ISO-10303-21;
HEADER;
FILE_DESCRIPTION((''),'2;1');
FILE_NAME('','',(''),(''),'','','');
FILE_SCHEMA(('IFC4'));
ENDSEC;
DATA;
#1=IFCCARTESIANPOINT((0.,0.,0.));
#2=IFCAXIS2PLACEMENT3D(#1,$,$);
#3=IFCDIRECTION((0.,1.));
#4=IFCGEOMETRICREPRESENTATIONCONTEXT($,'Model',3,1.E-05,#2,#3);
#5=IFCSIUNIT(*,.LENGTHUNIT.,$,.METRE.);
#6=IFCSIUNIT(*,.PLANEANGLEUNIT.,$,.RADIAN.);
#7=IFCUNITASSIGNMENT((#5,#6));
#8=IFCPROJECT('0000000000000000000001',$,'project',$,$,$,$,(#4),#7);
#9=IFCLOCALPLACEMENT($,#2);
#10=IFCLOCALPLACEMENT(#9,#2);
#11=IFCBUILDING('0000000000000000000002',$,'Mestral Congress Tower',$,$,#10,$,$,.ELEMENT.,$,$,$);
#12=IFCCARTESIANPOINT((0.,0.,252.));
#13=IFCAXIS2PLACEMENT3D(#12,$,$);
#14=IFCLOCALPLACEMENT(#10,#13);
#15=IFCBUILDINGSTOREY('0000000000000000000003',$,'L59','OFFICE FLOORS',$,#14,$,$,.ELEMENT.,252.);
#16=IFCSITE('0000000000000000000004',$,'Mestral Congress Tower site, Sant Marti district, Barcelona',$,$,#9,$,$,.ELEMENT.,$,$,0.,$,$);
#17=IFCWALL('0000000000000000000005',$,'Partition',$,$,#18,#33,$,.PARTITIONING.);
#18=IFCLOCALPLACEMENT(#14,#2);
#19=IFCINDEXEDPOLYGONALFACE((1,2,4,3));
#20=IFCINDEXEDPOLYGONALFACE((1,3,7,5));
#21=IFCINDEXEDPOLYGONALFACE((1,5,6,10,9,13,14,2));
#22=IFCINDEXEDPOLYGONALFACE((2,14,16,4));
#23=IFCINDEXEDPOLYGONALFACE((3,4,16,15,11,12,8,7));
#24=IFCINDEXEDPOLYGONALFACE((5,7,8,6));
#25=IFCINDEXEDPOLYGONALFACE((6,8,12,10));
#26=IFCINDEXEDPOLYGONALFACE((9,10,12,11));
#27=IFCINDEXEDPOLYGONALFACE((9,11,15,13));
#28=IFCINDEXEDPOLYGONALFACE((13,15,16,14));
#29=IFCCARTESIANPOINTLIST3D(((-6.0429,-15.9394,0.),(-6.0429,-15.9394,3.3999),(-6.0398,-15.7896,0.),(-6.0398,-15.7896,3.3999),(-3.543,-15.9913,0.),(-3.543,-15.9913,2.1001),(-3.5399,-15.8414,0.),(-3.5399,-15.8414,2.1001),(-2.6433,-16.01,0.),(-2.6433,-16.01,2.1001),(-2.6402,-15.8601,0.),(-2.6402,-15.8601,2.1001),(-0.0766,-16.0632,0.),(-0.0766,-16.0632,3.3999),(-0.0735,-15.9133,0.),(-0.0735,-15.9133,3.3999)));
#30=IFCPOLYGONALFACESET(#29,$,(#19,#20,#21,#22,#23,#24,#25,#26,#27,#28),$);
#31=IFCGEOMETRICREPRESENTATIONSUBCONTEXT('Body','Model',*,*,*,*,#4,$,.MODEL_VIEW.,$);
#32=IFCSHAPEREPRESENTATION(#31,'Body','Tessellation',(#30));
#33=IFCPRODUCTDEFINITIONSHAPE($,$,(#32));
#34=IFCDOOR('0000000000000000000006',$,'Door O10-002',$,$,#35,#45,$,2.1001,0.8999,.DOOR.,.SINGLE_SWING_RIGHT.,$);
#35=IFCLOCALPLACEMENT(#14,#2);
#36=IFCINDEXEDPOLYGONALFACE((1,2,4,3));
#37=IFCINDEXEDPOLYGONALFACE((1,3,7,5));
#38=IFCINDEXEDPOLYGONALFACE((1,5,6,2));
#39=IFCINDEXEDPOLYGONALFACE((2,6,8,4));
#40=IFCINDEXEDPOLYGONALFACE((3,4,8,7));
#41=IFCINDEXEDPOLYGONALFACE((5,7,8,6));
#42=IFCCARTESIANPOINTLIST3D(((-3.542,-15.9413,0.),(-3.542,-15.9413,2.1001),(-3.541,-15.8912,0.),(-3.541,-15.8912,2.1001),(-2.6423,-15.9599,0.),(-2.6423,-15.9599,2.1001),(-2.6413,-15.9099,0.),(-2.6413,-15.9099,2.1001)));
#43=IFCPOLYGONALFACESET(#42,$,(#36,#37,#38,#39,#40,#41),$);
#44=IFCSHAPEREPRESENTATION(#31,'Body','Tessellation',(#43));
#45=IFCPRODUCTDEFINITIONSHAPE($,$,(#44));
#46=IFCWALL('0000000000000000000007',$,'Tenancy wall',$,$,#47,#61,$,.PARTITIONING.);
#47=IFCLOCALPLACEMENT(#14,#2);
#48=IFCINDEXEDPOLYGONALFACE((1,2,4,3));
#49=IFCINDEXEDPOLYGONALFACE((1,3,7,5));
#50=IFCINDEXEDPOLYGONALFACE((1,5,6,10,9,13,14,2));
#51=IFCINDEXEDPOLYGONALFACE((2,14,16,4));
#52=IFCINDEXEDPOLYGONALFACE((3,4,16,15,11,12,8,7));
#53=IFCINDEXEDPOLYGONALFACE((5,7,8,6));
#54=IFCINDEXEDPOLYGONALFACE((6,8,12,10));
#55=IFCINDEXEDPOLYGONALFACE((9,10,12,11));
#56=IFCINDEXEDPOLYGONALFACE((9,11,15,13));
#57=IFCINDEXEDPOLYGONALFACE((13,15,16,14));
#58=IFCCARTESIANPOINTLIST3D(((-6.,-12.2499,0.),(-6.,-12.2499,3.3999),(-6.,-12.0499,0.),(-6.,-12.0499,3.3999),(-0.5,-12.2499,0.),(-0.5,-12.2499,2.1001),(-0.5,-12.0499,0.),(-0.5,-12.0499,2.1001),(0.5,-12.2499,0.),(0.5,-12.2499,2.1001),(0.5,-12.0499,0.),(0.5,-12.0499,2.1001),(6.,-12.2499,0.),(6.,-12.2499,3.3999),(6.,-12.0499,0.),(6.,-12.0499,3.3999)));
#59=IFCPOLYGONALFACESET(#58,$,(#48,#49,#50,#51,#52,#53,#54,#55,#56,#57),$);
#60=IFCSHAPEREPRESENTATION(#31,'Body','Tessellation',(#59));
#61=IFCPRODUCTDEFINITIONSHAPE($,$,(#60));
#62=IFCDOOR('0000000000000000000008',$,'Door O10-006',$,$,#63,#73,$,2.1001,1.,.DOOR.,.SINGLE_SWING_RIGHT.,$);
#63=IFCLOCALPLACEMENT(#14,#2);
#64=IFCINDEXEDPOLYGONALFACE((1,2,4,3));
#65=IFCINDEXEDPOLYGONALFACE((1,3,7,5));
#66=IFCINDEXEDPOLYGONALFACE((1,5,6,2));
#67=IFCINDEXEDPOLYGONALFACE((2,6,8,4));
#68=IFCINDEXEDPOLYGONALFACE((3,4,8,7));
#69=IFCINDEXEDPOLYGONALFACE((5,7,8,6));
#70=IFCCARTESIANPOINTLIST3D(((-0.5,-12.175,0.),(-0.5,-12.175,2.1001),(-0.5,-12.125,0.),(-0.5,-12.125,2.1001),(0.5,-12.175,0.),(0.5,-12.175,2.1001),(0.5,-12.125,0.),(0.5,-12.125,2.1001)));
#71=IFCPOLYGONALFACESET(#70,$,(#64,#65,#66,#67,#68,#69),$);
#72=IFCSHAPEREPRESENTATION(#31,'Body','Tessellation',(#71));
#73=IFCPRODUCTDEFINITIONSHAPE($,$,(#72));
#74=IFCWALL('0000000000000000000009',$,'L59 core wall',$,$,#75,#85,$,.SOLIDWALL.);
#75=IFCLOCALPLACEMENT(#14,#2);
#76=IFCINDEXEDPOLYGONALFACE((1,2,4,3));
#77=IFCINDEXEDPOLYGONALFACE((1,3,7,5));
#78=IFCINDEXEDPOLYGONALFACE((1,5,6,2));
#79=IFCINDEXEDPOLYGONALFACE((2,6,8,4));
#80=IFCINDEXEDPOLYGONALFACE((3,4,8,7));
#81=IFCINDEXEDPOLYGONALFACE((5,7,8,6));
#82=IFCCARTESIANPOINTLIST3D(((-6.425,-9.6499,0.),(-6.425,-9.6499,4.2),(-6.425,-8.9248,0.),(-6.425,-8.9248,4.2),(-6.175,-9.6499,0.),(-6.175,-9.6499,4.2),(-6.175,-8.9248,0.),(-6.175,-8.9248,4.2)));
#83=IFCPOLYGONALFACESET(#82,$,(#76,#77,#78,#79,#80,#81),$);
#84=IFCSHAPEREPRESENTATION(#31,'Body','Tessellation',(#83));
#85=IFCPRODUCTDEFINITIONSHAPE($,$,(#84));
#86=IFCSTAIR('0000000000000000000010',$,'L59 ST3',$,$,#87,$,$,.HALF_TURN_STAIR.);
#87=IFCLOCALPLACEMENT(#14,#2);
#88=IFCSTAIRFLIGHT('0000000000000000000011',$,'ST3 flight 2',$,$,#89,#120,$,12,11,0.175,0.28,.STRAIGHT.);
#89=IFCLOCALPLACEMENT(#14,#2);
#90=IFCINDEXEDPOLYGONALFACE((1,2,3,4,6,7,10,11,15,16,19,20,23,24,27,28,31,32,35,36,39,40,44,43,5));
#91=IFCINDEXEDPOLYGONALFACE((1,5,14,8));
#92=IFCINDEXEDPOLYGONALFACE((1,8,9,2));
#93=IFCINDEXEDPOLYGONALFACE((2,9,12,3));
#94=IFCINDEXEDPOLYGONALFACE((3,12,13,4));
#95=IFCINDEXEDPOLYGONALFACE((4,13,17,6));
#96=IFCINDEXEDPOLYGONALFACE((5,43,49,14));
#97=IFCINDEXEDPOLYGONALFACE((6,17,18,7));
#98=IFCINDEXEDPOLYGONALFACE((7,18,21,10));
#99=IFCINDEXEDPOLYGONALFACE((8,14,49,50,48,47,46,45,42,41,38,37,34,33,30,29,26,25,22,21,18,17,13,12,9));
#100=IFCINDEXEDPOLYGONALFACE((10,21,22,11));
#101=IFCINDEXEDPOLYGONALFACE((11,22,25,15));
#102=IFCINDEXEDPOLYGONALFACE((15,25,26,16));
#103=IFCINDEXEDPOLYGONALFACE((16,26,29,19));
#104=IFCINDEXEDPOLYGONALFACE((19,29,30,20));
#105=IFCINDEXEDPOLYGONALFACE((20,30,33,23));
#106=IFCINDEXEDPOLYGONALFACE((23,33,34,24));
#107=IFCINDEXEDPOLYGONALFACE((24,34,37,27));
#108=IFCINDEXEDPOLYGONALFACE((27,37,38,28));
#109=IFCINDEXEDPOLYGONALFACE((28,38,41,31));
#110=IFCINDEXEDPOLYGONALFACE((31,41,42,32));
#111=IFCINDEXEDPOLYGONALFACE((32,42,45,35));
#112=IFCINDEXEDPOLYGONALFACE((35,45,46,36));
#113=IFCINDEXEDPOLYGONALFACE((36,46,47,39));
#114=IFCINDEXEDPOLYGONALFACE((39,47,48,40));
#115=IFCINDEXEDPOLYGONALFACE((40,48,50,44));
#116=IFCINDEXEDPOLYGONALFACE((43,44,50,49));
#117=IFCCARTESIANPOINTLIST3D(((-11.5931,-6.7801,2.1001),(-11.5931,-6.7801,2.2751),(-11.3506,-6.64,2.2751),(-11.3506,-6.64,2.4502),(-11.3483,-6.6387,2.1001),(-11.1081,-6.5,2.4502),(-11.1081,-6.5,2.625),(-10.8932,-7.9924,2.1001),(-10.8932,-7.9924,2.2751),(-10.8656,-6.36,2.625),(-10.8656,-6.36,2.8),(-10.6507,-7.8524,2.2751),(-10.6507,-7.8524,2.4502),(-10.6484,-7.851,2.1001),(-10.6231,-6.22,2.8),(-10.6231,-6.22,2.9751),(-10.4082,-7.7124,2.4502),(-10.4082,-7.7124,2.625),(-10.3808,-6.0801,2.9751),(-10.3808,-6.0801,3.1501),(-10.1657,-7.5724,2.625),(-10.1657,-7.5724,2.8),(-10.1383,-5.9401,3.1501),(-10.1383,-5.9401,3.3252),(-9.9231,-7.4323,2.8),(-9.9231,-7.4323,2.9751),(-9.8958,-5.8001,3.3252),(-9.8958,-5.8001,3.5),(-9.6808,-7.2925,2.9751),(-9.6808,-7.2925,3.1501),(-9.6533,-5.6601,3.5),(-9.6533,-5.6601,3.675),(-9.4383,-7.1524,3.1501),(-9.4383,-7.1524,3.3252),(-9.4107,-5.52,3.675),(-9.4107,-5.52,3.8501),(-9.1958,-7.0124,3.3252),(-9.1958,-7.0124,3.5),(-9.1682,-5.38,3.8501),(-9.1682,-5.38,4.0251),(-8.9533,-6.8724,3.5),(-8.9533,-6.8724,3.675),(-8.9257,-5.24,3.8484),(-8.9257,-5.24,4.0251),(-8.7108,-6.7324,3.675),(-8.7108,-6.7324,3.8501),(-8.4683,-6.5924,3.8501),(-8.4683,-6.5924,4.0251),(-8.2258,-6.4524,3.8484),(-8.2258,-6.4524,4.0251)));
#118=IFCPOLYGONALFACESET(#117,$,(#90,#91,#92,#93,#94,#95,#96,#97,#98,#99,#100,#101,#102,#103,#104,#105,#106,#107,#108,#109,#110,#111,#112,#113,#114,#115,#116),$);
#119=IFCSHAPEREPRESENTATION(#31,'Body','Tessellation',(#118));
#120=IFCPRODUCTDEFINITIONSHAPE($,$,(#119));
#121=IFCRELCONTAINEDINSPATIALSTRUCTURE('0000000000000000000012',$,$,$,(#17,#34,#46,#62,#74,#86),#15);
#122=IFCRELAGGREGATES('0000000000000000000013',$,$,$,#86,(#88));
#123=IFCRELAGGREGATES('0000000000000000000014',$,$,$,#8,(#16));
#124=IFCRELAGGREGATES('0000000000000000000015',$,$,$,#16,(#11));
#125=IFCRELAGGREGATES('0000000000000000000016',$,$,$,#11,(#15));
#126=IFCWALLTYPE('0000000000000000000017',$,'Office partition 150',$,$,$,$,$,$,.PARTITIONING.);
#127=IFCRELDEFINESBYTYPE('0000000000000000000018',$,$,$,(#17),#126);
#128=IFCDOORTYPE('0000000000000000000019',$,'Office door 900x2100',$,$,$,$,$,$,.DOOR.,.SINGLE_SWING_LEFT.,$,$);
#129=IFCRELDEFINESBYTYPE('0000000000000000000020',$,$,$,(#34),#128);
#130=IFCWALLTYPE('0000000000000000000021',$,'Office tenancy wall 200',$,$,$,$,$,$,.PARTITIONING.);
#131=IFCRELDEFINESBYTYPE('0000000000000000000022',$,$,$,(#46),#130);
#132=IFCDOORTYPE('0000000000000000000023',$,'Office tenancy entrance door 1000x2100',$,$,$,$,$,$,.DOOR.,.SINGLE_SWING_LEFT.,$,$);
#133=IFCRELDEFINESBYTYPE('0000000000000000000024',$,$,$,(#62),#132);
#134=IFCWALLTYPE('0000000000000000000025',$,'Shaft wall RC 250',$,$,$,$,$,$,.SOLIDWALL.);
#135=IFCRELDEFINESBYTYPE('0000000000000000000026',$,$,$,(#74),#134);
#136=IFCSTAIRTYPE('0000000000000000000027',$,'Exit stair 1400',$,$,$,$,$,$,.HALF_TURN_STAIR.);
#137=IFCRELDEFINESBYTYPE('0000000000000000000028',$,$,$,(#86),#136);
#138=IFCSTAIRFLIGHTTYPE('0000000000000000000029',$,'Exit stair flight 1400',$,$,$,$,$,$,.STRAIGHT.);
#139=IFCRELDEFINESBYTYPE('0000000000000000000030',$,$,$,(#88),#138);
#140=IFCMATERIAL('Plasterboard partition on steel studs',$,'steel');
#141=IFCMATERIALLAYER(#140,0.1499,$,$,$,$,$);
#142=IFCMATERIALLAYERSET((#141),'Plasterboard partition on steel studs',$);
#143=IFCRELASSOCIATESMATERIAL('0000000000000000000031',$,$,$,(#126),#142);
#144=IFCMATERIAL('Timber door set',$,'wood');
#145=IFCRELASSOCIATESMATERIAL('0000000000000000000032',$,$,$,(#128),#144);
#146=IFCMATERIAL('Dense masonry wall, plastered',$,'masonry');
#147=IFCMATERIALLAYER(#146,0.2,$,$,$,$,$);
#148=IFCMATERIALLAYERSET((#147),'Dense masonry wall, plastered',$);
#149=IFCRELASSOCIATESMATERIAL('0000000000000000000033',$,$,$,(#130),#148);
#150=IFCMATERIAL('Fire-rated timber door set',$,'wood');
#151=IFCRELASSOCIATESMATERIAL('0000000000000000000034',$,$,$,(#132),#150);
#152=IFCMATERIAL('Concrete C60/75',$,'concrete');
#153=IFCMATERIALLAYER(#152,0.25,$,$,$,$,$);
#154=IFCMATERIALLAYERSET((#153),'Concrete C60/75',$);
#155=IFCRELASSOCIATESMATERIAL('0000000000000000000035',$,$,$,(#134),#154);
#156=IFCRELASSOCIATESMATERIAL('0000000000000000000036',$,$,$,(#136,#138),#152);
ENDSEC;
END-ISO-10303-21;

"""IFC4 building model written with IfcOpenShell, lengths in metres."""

from ifc_helpers import new_model, si_unit, direction, frame, frame_2d, origin, place, context, subcontext, project, spatial, polyline, rectangle, outline, extrude, material, layer, layer_set, type_object, element, fill, aggregate, save


model = new_model("IFC4")

# Units and contexts
model_context = context("Model", 3, precision=1e-05, world=origin(), true_north=direction((0.0, 1.0)))
body_context = subcontext(model_context, "Body", "Model", "MODEL_VIEW")
ifc_project = project(units=[si_unit("LENGTHUNIT", "METRE"), si_unit("PLANEANGLEUNIT", "RADIAN")], contexts=[model_context])

# Site, building, storey
site_placement = place(None, origin())
site = spatial("IfcSite", under=ifc_project, at=site_placement, Name="Mestral Congress Tower site, Sant Marti district, Barcelona", CompositionType="ELEMENT", RefElevation=0.0)
building_placement = place(site_placement, origin())
building = spatial("IfcBuilding", under=site, at=building_placement, Name="Mestral Congress Tower", CompositionType="ELEMENT")
storey_placement = place(building_placement, frame((0.0, 0.0, 252.0)))
storey = spatial("IfcBuildingStorey", under=building, at=storey_placement, Name="L59", Description="OFFICE FLOORS", CompositionType="ELEMENT", Elevation=252.0)

# Shared definitions
ifc_material_1 = material(Name="Concrete C60/75", Category="concrete")

# Shared definitions
ifc_material_2 = material(Name="Plasterboard partition on steel studs", Category="steel")
ifc_layer_1 = layer(ifc_material_2, 0.1499)
ifc_layer_set_1 = layer_set([ifc_layer_1], Name="Plasterboard partition on steel studs")
wall_type_1 = type_object("IfcWallType", Name="Office partition 150", PredefinedType="PARTITIONING", material=ifc_layer_set_1)

# Shared definitions
ifc_material_3 = material(Name="Timber door set", Category="wood")
door_type_1 = type_object("IfcDoorType", Name="Office door 900x2100", OperationType="SINGLE_SWING_LEFT", PredefinedType="DOOR", material=ifc_material_3)

# Walls, openings, doors
wall_1_placement = place(storey_placement, frame((-0.075, -15.9883, 0.0), z_axis=(0.0, 0.0, 1.0), x_axis=(-0.999785, 0.020742, 0.0)))
wall_1 = element("IfcWall", 1, at=wall_1_placement, inside=storey, type_object=wall_type_1, Name="Partition", PredefinedType="PARTITIONING", context=body_context, shape_type="SweptSolid", body=[
    extrude(rectangle(XDim=5.9675, YDim=0.1499, at=frame_2d((2.9839, 0.0))), origin(), (0.0, 0.0, 1.0), 3.3999),
])
opening_1_placement = place(wall_1_placement, frame((2.5674, 0.0, 0.0)))
opening_1 = element("IfcOpeningElement", 2, at=opening_1_placement, cuts=wall_1, PredefinedType="OPENING", context=body_context, shape_type="SweptSolid", body=[
    extrude(rectangle(XDim=0.8999, YDim=2.1001, at=frame_2d((0.45, 1.05))), frame((0.0, 0.085, 0.0), z_axis=(0.0, -1.0, 0.0), x_axis=(1.0, 0.0, 0.0)), (0.0, 0.0, 1.0), 0.1699),
])
door_1_placement = place(opening_1_placement, origin())
door_1 = element("IfcDoor", 3, at=door_1_placement, inside=storey, type_object=door_type_1, Name="Door O10-002", OperationType="SINGLE_SWING_RIGHT", OverallHeight=2.1001, OverallWidth=0.8999, PredefinedType="DOOR", context=body_context, shape_type="SweptSolid", body=[
    extrude(rectangle(XDim=0.8999, YDim=2.1001, at=frame_2d((0.45, 1.05))), frame((0.0, 0.0249, 0.0), z_axis=(0.0, -1.0, 0.0), x_axis=(1.0, 0.0, 0.0)), (0.0, 0.0, 1.0), 0.05),
])
fill(opening_1, door_1)
ifc_material_4 = material(Name="Dense masonry wall, plastered", Category="masonry")
ifc_layer_2 = layer(ifc_material_4, 0.2)
ifc_layer_set_2 = layer_set([ifc_layer_2], Name="Dense masonry wall, plastered")
wall_type_2 = type_object("IfcWallType", Name="Office tenancy wall 200", PredefinedType="PARTITIONING", material=ifc_layer_set_2)
wall_2_placement = place(storey_placement, frame((-6.0, -12.1499, 0.0), z_axis=(0.0, 0.0, 1.0), x_axis=(1.0, 0.0, 0.0)))
wall_2 = element("IfcWall", 4, at=wall_2_placement, inside=storey, type_object=wall_type_2, Name="Tenancy wall", PredefinedType="PARTITIONING", context=body_context, shape_type="SweptSolid", body=[
    extrude(rectangle(XDim=12.0, YDim=0.2, at=frame_2d((6.0, 0.0))), origin(), (0.0, 0.0, 1.0), 3.3999),
])
opening_2_placement = place(wall_2_placement, frame((5.5, 0.0, 0.0)))
opening_2 = element("IfcOpeningElement", 5, at=opening_2_placement, cuts=wall_2, PredefinedType="OPENING", context=body_context, shape_type="SweptSolid", body=[
    extrude(rectangle(XDim=1.0, YDim=2.1001, at=frame_2d((0.5, 1.05))), frame((0.0, 0.1099, 0.0), z_axis=(0.0, -1.0, 0.0), x_axis=(1.0, 0.0, 0.0)), (0.0, 0.0, 1.0), 0.22),
])
ifc_material_5 = material(Name="Fire-rated timber door set", Category="wood")
door_type_2 = type_object("IfcDoorType", Name="Office tenancy entrance door 1000x2100", OperationType="SINGLE_SWING_LEFT", PredefinedType="DOOR", material=ifc_material_5)
door_2_placement = place(opening_2_placement, origin())
door_2 = element("IfcDoor", 6, at=door_2_placement, inside=storey, type_object=door_type_2, Name="Door O10-006", OperationType="SINGLE_SWING_RIGHT", OverallHeight=2.1001, OverallWidth=1.0, PredefinedType="DOOR", context=body_context, shape_type="SweptSolid", body=[
    extrude(rectangle(XDim=1.0, YDim=2.1001, at=frame_2d((0.5, 1.05))), frame((0.0, 0.0249, 0.0), z_axis=(0.0, -1.0, 0.0), x_axis=(1.0, 0.0, 0.0)), (0.0, 0.0, 1.0), 0.05),
])
fill(opening_2, door_2)

# Wall
ifc_layer_3 = layer(ifc_material_1, 0.25)
ifc_layer_set_3 = layer_set([ifc_layer_3], Name="Concrete C60/75")
wall_type_3 = type_object("IfcWallType", Name="Shaft wall RC 250", PredefinedType="SOLIDWALL", material=ifc_layer_set_3)
wall_3_placement = place(storey_placement, frame((-6.3, -8.9248, 0.0), z_axis=(0.0, 0.0, 1.0), x_axis=(0.0, -1.0, 0.0)))
element("IfcWall", 7, at=wall_3_placement, inside=storey, type_object=wall_type_3, Name="L59 core wall", PredefinedType="SOLIDWALL", context=body_context, shape_type="SweptSolid", body=[
    extrude(rectangle(XDim=0.7251, YDim=0.25, at=frame_2d((0.3625, 0.0))), origin(), (0.0, 0.0, 1.0), 4.2),
])

# Stair, stair flight
stair_type = type_object("IfcStairType", Name="Exit stair 1400", PredefinedType="HALF_TURN_STAIR", material=ifc_material_1)
stair_placement = place(storey_placement, origin())
stair = element("IfcStair", 8, at=stair_placement, inside=storey, type_object=stair_type, Name="L59 ST3", PredefinedType="HALF_TURN_STAIR")
stair_flight_type = type_object("IfcStairFlightType", Name="Exit stair flight 1400", PredefinedType="STRAIGHT", material=ifc_material_1)
stair_flight_placement = place(storey_placement, frame((-11.2432, -7.3862, 2.1001), z_axis=(0.0, 0.0, 1.0), x_axis=(0.866025, 0.5, 0.0)))
stair_flight = element("IfcStairFlight", 9, at=stair_flight_placement, type_object=stair_flight_type, Name="ST3 flight 2", NumberOfRisers=12, NumberOfTreads=11, PredefinedType="STRAIGHT", RiserHeight=0.175, TreadLength=0.28, context=body_context, shape_type="SweptSolid", body=[
    extrude(outline(polyline([(0.0, 0.0), (0.0, 0.175), (0.28, 0.175), (0.28, 0.3501), (0.5601, 0.3501), (0.5601, 0.5249), (0.8401, 0.5249), (0.8401, 0.7), (1.1201, 0.7), (1.1201, 0.875), (1.3999, 0.875), (1.3999, 1.05), (1.6799, 1.05), (1.6799, 1.2251), (1.96, 1.2251), (1.96, 1.3999), (2.24, 1.3999), (2.24, 1.575), (2.52, 1.575), (2.52, 1.75), (2.8, 1.75), (2.8, 1.925), (3.0801, 1.925), (3.0801, 2.1001), (3.0801, 1.7483), (0.2827, 0.0), (0.0, 0.0)])), frame((0.0, 0.7, 0.0), z_axis=(0.0, -1.0, 0.0), x_axis=(1.0, 0.0, 0.0)), (0.0, 0.0, 1.0), 1.3999),
])
aggregate(stair, [stair_flight])

save(model, "model.ifc")
